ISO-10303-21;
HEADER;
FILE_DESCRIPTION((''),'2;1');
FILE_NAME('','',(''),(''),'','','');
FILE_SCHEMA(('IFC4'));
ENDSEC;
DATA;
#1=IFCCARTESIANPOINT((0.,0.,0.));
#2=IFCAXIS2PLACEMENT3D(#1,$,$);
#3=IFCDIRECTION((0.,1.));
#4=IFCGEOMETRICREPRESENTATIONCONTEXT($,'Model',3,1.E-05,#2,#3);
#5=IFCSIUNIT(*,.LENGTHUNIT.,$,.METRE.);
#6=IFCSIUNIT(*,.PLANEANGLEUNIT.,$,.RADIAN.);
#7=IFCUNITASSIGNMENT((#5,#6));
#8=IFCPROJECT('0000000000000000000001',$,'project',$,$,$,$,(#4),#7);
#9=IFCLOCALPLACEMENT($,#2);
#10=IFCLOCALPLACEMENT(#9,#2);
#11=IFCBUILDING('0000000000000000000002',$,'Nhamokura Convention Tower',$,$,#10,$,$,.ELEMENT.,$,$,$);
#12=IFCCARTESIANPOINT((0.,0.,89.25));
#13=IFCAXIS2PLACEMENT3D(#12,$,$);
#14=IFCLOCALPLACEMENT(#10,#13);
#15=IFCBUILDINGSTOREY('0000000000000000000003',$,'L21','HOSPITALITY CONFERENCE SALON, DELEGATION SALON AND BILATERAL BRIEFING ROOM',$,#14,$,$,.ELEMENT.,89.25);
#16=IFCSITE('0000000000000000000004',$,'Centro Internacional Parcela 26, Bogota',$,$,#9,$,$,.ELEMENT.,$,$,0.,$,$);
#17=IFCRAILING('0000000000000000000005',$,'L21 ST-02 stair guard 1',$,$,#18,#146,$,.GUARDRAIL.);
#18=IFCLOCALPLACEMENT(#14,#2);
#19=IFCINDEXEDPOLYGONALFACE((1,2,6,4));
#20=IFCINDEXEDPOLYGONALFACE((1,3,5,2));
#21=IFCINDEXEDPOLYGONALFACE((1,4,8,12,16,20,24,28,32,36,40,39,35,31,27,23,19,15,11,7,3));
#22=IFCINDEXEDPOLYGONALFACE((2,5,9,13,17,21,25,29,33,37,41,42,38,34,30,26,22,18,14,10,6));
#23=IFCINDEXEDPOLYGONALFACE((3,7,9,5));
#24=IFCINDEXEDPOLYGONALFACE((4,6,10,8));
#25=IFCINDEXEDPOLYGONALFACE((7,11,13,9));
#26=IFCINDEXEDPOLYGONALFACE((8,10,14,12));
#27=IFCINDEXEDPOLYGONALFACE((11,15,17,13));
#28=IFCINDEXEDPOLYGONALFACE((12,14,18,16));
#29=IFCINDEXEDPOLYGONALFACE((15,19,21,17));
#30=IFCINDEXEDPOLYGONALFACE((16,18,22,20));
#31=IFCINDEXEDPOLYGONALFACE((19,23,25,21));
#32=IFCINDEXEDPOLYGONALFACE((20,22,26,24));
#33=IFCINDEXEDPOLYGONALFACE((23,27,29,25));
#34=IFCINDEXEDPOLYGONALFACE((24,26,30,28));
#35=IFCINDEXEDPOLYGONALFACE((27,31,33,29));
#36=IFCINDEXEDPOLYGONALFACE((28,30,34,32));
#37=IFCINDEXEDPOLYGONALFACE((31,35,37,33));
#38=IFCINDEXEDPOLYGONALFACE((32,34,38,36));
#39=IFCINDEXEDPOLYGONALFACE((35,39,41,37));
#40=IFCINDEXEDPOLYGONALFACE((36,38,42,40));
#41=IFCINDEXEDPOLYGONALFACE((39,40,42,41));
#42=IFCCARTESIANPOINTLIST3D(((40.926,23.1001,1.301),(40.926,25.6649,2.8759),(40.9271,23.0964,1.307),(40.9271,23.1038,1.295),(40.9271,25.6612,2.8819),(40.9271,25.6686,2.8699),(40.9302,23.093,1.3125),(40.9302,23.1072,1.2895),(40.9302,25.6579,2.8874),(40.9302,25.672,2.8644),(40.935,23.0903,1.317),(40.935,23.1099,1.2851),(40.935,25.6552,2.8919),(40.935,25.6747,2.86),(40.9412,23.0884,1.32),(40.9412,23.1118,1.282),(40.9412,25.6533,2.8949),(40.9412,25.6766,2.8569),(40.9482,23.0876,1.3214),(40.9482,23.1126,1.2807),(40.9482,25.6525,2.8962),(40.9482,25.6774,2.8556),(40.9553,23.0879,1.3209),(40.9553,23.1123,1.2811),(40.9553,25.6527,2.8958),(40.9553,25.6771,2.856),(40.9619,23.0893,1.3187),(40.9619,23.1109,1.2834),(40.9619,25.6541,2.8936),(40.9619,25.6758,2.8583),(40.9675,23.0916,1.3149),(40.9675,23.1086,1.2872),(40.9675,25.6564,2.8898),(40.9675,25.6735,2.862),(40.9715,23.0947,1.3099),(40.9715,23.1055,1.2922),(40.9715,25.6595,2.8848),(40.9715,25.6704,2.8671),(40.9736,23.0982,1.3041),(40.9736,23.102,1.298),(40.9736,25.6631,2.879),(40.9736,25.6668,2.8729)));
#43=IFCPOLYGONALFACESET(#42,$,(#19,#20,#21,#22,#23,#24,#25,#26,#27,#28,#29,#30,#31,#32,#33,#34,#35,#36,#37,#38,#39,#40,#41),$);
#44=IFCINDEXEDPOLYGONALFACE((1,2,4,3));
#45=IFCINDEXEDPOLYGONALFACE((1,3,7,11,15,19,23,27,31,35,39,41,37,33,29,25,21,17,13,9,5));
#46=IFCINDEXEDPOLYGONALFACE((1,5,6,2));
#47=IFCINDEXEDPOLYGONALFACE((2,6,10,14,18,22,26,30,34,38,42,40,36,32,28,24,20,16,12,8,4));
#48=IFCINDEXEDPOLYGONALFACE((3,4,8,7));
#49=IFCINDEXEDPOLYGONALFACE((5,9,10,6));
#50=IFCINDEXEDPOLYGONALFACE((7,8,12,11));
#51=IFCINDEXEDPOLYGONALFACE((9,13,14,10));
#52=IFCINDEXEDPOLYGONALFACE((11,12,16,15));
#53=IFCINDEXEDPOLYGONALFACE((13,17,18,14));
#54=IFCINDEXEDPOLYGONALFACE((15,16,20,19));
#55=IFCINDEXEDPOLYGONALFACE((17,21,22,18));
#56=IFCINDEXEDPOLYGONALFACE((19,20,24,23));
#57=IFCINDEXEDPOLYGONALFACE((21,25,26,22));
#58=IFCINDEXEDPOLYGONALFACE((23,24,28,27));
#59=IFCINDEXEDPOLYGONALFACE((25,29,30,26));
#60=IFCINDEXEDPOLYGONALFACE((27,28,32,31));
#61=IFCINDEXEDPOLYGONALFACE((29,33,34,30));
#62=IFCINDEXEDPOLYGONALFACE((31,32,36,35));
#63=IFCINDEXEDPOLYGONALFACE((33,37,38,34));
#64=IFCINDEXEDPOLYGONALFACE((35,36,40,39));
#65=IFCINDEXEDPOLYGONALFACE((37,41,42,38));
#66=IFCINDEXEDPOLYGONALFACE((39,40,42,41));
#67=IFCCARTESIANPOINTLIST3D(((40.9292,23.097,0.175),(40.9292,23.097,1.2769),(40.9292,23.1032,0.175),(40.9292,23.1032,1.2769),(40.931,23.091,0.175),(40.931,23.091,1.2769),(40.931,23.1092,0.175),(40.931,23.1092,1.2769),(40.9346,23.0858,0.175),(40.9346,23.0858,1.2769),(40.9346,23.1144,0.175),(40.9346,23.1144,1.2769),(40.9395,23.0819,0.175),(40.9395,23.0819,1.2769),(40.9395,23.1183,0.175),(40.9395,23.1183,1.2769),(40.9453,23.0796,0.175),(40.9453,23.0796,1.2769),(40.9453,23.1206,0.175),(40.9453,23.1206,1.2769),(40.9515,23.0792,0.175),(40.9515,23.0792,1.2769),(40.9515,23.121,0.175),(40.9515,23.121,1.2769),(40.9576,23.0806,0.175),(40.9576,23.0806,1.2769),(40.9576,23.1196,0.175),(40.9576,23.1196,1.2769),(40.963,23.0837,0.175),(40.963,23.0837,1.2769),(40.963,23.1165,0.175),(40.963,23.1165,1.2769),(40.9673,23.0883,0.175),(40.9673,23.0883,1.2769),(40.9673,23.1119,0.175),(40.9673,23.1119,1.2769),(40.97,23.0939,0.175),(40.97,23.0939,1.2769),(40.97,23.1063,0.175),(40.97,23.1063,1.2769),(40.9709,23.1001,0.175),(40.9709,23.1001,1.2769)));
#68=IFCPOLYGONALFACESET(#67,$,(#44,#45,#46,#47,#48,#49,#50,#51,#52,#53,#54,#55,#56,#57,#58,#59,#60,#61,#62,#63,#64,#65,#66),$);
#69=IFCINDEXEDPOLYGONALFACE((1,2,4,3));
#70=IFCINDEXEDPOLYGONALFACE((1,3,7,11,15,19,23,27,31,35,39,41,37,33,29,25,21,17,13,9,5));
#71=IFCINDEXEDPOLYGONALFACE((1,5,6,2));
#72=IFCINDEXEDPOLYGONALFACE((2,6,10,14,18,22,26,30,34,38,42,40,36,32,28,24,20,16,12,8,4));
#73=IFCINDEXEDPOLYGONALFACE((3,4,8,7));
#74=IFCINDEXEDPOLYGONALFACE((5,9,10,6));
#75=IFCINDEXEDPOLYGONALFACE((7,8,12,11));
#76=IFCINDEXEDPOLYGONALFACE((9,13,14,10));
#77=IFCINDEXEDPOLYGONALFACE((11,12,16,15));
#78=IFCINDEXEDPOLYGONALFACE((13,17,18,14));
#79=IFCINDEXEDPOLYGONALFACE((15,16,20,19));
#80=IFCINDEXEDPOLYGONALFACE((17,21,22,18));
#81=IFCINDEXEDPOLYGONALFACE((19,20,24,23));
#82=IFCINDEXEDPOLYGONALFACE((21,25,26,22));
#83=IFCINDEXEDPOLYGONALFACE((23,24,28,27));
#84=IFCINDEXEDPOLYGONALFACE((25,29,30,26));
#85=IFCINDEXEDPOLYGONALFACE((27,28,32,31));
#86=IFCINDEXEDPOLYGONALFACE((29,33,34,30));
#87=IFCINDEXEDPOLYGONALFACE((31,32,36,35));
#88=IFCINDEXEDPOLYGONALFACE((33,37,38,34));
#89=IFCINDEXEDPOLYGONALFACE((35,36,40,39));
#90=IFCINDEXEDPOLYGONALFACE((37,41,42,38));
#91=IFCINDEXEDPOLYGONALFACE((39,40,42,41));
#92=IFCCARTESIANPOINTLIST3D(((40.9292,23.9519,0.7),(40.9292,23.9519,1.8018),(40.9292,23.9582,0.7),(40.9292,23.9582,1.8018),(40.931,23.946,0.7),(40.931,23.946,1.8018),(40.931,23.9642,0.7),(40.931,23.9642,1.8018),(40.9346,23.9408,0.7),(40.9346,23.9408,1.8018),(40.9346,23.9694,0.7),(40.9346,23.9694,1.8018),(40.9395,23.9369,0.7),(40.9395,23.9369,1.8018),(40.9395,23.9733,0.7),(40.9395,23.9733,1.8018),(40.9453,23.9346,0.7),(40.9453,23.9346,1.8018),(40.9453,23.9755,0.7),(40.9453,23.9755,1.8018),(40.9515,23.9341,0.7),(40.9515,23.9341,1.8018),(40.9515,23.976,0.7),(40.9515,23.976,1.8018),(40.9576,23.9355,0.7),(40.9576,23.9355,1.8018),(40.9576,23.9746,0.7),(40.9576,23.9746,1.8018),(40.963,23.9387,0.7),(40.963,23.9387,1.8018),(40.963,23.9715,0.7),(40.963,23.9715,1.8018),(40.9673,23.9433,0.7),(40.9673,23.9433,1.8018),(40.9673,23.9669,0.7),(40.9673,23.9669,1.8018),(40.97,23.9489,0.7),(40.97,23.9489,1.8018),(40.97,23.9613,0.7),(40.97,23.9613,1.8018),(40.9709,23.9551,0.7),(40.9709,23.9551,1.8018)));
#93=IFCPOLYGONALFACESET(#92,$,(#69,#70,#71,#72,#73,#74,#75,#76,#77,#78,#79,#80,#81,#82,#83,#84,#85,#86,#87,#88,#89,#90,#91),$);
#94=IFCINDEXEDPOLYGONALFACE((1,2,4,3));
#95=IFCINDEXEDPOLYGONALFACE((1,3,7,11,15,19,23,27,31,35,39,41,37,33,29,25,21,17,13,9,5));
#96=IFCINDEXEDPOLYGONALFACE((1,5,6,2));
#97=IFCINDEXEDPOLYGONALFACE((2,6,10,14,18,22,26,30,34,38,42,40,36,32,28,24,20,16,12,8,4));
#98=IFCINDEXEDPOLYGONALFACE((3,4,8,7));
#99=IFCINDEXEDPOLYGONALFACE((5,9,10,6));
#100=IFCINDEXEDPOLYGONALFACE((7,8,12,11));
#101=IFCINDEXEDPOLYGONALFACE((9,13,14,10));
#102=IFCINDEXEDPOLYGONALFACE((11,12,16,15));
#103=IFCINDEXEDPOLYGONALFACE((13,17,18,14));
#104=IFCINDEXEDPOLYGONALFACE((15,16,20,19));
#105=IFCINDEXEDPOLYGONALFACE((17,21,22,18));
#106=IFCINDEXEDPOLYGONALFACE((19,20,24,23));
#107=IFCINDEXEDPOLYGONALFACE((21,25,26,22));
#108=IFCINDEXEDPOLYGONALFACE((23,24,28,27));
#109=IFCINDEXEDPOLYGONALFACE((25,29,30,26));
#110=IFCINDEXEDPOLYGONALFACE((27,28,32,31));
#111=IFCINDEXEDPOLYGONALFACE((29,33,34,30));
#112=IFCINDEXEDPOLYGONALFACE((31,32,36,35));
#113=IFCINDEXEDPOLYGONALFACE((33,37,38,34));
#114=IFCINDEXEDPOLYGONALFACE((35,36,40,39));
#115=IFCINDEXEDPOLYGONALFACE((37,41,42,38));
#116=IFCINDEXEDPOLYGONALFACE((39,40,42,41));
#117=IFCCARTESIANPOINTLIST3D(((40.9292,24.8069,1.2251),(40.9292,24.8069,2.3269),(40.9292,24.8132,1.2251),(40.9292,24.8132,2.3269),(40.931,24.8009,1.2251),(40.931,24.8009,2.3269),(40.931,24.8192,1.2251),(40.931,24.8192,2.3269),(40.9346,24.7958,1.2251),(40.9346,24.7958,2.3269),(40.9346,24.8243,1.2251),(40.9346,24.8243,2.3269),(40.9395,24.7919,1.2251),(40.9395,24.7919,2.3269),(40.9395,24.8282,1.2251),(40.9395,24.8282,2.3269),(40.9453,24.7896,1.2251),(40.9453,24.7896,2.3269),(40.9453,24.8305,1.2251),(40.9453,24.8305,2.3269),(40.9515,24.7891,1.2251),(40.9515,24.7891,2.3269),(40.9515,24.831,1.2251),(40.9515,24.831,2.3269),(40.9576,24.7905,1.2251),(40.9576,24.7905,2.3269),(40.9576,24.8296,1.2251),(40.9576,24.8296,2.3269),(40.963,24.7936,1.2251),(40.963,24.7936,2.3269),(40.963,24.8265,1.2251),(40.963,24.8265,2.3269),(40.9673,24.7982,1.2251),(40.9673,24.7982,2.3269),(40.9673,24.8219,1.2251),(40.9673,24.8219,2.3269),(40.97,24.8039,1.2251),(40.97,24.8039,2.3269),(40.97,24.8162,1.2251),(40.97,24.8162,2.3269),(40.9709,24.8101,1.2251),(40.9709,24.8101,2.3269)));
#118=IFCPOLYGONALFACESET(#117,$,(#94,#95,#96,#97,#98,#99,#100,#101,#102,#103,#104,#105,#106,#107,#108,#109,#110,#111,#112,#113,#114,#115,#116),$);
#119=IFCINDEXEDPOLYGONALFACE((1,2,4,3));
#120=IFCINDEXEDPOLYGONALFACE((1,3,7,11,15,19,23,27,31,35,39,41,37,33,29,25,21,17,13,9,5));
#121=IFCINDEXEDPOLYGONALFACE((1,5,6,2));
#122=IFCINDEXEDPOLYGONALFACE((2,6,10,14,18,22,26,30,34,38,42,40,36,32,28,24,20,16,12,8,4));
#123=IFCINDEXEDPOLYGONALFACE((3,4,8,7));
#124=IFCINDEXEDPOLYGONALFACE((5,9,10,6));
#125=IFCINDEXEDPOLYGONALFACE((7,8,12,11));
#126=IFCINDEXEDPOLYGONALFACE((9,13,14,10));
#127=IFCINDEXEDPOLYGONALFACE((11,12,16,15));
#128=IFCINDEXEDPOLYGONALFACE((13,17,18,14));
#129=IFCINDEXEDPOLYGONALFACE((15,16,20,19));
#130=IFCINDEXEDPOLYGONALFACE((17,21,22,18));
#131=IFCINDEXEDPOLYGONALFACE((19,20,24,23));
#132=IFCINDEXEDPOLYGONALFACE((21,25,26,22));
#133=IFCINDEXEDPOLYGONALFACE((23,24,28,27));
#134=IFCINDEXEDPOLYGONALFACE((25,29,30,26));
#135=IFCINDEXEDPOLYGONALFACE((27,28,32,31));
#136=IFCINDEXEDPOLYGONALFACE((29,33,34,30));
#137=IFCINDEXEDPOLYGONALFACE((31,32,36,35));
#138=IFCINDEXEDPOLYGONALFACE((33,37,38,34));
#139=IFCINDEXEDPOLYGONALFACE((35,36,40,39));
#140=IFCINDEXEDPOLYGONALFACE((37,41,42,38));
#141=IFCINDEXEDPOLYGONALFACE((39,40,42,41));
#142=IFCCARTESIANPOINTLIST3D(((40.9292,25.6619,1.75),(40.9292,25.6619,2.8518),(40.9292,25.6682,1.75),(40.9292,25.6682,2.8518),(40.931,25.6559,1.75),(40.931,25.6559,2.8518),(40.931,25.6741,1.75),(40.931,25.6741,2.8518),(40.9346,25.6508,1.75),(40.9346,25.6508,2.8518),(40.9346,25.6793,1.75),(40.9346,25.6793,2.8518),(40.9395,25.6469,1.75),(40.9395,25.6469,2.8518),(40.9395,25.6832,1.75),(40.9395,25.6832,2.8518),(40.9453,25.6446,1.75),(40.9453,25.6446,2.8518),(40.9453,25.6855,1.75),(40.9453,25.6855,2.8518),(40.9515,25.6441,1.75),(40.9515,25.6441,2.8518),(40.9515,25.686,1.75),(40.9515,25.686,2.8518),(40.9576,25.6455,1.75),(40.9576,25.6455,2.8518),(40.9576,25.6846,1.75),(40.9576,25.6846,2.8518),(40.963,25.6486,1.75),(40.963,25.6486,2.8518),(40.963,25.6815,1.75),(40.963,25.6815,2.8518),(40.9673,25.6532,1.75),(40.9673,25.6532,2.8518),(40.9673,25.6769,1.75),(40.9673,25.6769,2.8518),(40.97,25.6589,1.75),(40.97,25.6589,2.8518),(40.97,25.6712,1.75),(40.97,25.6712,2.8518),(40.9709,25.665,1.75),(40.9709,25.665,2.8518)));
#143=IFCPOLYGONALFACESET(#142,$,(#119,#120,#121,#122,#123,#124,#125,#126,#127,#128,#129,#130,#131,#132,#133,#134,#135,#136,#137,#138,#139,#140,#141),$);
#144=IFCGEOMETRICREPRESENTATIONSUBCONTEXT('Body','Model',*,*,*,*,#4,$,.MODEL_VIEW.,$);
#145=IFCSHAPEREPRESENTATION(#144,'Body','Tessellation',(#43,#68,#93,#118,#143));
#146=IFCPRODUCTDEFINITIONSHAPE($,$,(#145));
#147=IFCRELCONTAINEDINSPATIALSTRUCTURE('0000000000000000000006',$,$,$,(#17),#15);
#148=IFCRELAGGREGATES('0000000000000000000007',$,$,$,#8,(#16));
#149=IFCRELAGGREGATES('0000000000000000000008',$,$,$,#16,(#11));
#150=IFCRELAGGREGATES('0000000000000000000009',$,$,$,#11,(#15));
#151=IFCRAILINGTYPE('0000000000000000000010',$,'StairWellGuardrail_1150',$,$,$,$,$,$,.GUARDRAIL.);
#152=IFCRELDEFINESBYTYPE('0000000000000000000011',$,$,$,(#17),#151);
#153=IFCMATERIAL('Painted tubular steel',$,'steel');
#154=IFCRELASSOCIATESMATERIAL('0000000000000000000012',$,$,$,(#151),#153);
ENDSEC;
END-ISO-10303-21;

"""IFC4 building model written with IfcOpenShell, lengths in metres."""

from ifc_helpers import new_model, si_unit, direction, frame, origin, origin_2d, place, context, subcontext, project, spatial, circle, extrude, material, type_object, element, save


model = new_model("IFC4")

# Units and contexts
model_context = context("Model", 3, precision=1e-05, world=origin(), true_north=direction((0.0, 1.0)))
body_context = subcontext(model_context, "Body", "Model", "MODEL_VIEW")
ifc_project = project(units=[si_unit("LENGTHUNIT", "METRE"), si_unit("PLANEANGLEUNIT", "RADIAN")], contexts=[model_context])

# Site, building, storey
site_placement = place(None, origin())
site = spatial("IfcSite", under=ifc_project, at=site_placement, Name="Centro Internacional Parcela 26, Bogota", CompositionType="ELEMENT", RefElevation=0.0)
building_placement = place(site_placement, origin())
building = spatial("IfcBuilding", under=site, at=building_placement, Name="Nhamokura Convention Tower", CompositionType="ELEMENT")
storey_placement = place(building_placement, frame((0.0, 0.0, 89.25)))
storey = spatial("IfcBuildingStorey", under=building, at=storey_placement, Name="L21", Description="HOSPITALITY CONFERENCE SALON, DELEGATION SALON AND BILATERAL BRIEFING ROOM", CompositionType="ELEMENT", Elevation=89.25)

# Railing
ifc_material_1 = material(Name="Painted tubular steel", Category="steel")
railing_type_1 = type_object("IfcRailingType", Name="StairWellGuardrail_1150", PredefinedType="GUARDRAIL", material=ifc_material_1)
railing_1_placement = place(storey_placement, frame((40.95, 23.1001, 0.175)))
element("IfcRailing", 1, at=railing_1_placement, inside=storey, type_object=railing_type_1, Name="L21 ST-02 stair guard 1", PredefinedType="GUARDRAIL", context=body_context, shape_type="SweptSolid", body=[
    extrude(circle(Radius=0.0239, at=origin_2d()), frame((0.0, 0.0, 1.126), z_axis=(0.0, 0.852173, 0.52326), x_axis=(-1.0, 0.0, 0.0)), (0.0, 0.0, 1.0), 3.0098),
    extrude(circle(Radius=0.021, at=origin_2d()), origin(), (0.0, 0.0, 1.0), 1.1018),
    extrude(circle(Radius=0.021, at=origin_2d()), frame((0.0, 0.855, 0.5249)), (0.0, 0.0, 1.0), 1.1018),
    extrude(circle(Radius=0.021, at=origin_2d()), frame((0.0, 1.71, 1.05)), (0.0, 0.0, 1.0), 1.1018),
    extrude(circle(Radius=0.021, at=origin_2d()), frame((0.0, 2.5649, 1.575)), (0.0, 0.0, 1.0), 1.1018),
])

save(model, "model.ifc")
